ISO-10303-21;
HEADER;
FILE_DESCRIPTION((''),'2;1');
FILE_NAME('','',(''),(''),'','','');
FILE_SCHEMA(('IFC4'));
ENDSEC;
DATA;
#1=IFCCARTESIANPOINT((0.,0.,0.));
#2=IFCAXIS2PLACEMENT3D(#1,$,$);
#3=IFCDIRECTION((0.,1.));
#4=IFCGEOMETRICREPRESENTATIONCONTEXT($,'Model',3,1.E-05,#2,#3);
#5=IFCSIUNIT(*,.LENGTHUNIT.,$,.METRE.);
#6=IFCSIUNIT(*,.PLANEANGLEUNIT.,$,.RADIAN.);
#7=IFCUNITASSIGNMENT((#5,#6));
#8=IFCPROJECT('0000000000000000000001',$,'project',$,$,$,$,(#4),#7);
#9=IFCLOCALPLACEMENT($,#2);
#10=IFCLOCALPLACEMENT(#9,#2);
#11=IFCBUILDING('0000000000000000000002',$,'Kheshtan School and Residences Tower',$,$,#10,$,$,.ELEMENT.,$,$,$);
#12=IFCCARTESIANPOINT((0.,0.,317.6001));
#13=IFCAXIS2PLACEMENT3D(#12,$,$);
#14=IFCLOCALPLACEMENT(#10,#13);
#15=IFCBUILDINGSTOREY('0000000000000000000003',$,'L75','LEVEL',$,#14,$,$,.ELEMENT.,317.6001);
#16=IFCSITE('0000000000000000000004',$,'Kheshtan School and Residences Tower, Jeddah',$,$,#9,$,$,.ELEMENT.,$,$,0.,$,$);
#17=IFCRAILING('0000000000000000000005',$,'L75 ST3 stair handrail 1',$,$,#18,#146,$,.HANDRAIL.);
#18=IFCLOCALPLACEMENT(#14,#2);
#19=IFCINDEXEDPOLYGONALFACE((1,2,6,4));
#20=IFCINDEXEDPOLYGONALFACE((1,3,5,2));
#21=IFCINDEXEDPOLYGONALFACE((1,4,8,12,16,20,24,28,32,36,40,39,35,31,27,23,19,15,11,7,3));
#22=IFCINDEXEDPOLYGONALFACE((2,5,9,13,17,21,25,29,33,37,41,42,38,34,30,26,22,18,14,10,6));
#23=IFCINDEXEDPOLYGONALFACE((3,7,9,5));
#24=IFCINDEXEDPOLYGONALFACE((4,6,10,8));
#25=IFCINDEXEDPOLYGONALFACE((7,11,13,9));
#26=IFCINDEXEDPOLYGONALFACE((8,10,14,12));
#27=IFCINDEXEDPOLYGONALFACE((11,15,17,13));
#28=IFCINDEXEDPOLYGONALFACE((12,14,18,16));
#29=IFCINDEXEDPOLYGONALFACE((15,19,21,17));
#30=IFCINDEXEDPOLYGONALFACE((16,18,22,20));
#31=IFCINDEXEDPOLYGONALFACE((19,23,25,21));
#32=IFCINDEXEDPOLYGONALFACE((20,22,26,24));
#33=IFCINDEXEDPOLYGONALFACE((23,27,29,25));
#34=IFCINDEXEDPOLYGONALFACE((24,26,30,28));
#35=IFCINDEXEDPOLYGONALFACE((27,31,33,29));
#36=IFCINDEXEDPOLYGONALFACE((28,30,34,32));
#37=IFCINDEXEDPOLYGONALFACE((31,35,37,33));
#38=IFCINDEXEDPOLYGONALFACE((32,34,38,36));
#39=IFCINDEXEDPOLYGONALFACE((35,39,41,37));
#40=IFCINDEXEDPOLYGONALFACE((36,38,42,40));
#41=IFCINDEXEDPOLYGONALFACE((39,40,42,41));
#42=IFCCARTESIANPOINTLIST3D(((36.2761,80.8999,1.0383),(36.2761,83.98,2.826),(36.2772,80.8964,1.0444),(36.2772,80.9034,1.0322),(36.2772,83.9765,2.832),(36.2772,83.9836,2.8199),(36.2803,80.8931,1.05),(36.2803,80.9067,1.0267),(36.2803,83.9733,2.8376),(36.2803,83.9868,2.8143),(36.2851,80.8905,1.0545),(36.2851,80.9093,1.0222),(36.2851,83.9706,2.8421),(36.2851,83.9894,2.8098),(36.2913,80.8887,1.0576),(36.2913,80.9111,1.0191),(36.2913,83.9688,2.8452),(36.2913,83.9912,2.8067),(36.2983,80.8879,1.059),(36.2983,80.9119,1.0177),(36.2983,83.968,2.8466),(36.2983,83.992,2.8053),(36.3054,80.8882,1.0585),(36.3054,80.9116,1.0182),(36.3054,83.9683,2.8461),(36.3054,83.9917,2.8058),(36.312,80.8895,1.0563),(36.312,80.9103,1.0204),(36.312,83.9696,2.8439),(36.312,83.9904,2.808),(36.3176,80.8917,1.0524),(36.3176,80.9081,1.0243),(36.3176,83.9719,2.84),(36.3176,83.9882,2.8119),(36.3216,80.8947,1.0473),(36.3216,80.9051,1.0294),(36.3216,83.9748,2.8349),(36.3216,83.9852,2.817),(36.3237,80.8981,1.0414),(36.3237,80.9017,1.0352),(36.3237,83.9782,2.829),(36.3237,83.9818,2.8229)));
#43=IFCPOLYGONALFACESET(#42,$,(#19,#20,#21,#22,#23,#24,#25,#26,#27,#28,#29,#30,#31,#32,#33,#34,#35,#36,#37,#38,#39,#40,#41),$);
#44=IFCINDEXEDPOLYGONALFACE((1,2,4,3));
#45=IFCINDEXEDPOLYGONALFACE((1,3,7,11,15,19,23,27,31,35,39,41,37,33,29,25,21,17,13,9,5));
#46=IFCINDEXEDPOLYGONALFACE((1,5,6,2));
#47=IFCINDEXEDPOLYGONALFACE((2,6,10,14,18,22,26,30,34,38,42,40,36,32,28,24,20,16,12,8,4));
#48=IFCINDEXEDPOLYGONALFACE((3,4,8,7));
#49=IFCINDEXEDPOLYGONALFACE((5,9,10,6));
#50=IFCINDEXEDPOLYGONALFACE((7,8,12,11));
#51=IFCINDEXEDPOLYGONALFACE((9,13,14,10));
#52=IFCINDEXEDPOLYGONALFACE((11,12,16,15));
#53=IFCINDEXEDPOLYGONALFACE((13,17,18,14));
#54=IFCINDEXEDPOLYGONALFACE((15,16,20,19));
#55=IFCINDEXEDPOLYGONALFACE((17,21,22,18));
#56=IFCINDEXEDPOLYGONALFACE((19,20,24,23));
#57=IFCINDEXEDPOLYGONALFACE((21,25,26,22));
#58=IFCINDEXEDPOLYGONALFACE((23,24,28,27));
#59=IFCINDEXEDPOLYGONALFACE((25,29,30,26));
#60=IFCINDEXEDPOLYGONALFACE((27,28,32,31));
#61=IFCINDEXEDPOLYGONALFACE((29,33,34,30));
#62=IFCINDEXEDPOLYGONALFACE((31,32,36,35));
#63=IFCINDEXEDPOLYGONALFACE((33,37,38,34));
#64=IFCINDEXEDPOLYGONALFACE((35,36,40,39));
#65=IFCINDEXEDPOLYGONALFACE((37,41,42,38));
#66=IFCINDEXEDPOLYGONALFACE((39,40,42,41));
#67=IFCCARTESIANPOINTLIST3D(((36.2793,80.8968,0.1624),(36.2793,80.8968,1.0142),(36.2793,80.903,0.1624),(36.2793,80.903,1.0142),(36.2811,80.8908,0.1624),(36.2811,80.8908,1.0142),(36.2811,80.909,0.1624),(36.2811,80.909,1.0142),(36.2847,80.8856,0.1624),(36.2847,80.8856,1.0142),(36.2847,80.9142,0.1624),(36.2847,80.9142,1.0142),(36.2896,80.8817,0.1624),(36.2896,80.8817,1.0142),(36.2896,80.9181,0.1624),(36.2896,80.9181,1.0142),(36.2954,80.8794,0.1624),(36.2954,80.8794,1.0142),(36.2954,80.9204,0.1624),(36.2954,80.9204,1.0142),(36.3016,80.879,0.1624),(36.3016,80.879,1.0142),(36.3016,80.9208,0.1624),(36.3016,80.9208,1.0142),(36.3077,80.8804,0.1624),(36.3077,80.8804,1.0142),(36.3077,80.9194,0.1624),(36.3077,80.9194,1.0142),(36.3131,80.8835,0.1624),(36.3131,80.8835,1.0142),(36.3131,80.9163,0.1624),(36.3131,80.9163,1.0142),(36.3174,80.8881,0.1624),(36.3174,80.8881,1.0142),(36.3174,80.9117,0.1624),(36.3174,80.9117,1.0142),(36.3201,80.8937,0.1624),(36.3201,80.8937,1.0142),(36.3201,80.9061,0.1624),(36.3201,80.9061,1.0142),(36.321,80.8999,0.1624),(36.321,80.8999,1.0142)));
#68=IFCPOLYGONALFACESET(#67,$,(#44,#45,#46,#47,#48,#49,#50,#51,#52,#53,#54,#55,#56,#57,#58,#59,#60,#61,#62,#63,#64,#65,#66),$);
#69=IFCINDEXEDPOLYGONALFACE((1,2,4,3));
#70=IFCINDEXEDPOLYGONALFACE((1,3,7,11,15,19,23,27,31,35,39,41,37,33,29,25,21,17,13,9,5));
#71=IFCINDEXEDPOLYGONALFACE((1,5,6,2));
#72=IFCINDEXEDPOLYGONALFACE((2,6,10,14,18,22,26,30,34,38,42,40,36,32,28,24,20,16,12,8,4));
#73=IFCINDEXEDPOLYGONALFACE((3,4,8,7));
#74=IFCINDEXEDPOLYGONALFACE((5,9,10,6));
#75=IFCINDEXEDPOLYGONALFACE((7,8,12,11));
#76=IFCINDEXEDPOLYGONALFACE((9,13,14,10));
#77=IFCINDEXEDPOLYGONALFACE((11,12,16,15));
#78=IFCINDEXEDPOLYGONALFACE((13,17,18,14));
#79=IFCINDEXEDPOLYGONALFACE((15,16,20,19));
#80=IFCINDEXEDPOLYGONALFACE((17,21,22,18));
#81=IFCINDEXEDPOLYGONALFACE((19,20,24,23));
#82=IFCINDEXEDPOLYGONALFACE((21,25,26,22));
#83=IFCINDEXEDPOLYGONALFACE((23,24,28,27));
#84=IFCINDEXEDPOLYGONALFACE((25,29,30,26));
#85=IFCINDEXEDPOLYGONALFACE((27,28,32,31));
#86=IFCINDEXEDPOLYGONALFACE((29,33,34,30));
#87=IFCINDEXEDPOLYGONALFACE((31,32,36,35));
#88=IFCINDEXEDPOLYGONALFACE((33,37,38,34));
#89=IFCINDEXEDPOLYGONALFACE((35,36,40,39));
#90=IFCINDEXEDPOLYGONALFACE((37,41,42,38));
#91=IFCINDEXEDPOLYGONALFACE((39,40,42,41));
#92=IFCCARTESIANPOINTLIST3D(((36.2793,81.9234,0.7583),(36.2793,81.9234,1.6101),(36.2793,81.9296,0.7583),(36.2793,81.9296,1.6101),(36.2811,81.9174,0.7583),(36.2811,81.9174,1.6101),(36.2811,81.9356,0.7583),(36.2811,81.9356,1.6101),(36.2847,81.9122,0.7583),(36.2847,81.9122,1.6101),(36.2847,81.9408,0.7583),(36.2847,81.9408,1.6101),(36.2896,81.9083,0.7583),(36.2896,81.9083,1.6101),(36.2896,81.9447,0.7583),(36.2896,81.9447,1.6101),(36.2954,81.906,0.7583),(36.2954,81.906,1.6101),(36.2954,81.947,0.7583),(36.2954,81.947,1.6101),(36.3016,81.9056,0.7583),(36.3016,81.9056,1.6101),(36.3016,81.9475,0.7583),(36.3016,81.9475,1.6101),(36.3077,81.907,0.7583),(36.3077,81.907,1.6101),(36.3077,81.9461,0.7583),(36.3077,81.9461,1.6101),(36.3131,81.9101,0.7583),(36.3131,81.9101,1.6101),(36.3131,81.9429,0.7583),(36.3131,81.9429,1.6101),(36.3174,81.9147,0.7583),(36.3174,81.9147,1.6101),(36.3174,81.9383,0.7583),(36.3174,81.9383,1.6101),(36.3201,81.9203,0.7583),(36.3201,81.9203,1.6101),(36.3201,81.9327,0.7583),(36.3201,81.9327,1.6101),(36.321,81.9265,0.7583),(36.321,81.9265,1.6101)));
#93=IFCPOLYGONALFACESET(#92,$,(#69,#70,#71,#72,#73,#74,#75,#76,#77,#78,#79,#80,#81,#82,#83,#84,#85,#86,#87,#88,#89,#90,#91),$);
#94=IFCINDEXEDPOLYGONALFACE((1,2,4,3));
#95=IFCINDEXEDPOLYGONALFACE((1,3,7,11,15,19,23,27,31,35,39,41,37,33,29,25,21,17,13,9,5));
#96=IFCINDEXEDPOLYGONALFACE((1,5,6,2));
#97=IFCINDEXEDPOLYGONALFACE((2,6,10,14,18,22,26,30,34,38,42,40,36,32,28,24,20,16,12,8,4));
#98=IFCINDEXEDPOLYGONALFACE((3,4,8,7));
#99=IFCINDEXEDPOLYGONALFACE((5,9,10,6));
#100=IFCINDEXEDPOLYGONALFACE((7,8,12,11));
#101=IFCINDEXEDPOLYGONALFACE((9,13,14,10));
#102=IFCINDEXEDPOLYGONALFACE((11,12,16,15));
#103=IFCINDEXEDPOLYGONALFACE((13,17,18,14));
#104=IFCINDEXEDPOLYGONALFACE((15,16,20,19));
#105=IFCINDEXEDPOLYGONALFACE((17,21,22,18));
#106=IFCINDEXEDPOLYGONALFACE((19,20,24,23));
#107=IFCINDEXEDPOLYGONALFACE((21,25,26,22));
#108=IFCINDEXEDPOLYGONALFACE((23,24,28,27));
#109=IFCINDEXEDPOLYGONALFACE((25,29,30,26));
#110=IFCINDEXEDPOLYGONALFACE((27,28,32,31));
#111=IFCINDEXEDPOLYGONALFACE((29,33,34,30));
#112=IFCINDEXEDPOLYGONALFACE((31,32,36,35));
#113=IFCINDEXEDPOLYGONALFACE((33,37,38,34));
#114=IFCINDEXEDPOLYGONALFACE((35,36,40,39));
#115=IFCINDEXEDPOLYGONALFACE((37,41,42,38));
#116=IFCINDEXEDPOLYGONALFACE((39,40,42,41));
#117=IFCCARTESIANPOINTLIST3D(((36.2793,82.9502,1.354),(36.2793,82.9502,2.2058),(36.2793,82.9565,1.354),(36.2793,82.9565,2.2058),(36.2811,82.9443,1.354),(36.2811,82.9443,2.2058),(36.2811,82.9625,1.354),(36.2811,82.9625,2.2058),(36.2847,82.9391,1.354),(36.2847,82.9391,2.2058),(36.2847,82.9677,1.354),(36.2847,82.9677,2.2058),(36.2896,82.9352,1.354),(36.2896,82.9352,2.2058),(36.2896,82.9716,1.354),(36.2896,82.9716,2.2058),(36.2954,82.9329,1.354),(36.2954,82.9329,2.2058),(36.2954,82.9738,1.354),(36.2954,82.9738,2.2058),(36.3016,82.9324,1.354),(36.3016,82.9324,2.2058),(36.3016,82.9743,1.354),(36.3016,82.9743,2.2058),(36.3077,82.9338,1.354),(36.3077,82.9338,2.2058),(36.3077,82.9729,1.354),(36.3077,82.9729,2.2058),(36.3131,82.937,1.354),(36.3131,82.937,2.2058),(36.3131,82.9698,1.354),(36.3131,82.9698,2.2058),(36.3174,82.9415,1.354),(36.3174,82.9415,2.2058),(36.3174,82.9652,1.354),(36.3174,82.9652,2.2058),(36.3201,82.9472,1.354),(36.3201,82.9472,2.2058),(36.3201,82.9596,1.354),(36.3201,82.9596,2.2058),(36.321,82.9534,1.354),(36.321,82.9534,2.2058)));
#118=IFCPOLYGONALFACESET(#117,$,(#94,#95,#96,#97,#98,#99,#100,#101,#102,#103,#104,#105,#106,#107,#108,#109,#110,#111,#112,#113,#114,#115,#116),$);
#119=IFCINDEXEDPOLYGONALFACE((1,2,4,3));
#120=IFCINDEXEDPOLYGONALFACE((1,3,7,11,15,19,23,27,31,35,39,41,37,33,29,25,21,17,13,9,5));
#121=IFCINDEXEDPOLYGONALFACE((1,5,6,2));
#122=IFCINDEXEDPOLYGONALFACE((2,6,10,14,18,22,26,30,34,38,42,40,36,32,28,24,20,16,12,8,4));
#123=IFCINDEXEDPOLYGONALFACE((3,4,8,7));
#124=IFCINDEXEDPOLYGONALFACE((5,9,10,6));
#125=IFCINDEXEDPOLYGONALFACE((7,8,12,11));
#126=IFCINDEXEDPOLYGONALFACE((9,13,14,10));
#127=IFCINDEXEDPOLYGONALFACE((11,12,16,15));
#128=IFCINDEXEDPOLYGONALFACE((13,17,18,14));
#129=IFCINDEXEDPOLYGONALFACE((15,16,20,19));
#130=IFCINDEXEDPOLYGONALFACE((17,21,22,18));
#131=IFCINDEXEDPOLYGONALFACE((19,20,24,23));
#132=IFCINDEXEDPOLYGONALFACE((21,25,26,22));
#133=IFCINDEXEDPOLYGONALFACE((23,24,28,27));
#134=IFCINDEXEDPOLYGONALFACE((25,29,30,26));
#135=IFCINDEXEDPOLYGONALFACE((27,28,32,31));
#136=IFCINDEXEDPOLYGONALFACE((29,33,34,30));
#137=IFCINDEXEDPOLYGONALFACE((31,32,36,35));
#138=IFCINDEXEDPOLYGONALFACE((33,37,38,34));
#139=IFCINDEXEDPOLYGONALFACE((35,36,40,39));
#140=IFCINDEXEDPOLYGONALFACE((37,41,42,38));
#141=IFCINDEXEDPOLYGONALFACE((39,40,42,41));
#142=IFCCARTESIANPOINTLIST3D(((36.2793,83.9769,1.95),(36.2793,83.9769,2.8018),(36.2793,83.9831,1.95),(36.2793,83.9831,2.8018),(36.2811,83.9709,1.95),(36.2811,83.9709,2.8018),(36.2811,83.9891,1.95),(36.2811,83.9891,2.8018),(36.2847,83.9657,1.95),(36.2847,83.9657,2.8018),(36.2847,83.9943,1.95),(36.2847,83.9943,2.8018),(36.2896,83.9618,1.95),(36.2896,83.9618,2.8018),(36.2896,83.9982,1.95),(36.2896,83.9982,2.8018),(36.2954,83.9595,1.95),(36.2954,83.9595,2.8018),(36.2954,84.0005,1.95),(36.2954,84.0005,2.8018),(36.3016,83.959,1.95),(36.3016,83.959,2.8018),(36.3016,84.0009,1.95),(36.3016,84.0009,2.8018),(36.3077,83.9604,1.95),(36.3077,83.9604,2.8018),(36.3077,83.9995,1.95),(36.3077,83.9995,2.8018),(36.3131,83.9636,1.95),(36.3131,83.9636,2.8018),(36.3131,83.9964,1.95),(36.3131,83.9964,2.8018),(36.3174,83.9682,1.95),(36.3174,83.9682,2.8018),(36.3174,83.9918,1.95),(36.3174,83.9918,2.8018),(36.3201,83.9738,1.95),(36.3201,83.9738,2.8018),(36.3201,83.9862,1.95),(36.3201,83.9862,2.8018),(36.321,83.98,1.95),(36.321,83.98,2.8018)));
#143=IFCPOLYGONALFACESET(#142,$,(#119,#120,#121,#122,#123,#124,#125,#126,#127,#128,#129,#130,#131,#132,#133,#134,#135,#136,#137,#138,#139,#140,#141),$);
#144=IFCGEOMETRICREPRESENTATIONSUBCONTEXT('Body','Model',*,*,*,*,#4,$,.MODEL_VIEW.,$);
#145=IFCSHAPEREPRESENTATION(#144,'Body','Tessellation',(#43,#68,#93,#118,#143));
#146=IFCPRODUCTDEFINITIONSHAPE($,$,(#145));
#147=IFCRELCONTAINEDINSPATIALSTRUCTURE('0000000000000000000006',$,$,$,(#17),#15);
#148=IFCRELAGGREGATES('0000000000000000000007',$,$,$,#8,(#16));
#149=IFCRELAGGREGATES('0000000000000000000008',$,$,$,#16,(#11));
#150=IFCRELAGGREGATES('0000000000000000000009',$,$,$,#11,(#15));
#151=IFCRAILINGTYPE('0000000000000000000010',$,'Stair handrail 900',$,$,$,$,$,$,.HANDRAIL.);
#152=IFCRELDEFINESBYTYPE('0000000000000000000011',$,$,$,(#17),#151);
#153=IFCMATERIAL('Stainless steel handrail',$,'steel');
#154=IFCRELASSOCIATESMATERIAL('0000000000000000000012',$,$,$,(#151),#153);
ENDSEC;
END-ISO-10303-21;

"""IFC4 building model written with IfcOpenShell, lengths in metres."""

from ifc_helpers import new_model, si_unit, direction, frame, origin, origin_2d, place, context, subcontext, project, spatial, circle, extrude, material, type_object, element, save


model = new_model("IFC4")

# Units and contexts
model_context = context("Model", 3, precision=1e-05, world=origin(), true_north=direction((0.0, 1.0)))
body_context = subcontext(model_context, "Body", "Model", "MODEL_VIEW")
ifc_project = project(units=[si_unit("LENGTHUNIT", "METRE"), si_unit("PLANEANGLEUNIT", "RADIAN")], contexts=[model_context])

# Site, building, storey
site_placement = place(None, origin())
site = spatial("IfcSite", under=ifc_project, at=site_placement, Name="Kheshtan School and Residences Tower, Jeddah", CompositionType="ELEMENT", RefElevation=0.0)
building_placement = place(site_placement, origin())
building = spatial("IfcBuilding", under=site, at=building_placement, Name="Kheshtan School and Residences Tower", CompositionType="ELEMENT")
storey_placement = place(building_placement, frame((0.0, 0.0, 317.6001)))
storey = spatial("IfcBuildingStorey", under=building, at=storey_placement, Name="L75", Description="LEVEL", CompositionType="ELEMENT", Elevation=317.6001)

# Railing
ifc_material_1 = material(Name="Stainless steel handrail", Category="steel")
railing_type_1 = type_object("IfcRailingType", Name="Stair handrail 900", PredefinedType="HANDRAIL", material=ifc_material_1)
railing_1_placement = place(storey_placement, frame((36.3, 80.8999, 0.1624)))
element("IfcRailing", 1, at=railing_1_placement, inside=storey, type_object=railing_type_1, Name="L75 ST3 stair handrail 1", PredefinedType="HANDRAIL", context=body_context, shape_type="SweptSolid", body=[
    extrude(circle(Radius=0.0239, at=origin_2d()), frame((0.0, 0.0, 0.876), z_axis=(0.0, 0.864891, 0.50196), x_axis=(-1.0, 0.0, 0.0)), (0.0, 0.0, 1.0), 3.5613),
    extrude(circle(Radius=0.021, at=origin_2d()), origin(), (0.0, 0.0, 1.0), 0.8518),
    extrude(circle(Radius=0.021, at=origin_2d()), frame((0.0, 1.0266, 0.5959)), (0.0, 0.0, 1.0), 0.8518),
    extrude(circle(Radius=0.021, at=origin_2d()), frame((0.0, 2.0535, 1.1917)), (0.0, 0.0, 1.0), 0.8518),
    extrude(circle(Radius=0.021, at=origin_2d()), frame((0.0, 3.0801, 1.7876)), (0.0, 0.0, 1.0), 0.8518),
])

save(model, "model.ifc")
